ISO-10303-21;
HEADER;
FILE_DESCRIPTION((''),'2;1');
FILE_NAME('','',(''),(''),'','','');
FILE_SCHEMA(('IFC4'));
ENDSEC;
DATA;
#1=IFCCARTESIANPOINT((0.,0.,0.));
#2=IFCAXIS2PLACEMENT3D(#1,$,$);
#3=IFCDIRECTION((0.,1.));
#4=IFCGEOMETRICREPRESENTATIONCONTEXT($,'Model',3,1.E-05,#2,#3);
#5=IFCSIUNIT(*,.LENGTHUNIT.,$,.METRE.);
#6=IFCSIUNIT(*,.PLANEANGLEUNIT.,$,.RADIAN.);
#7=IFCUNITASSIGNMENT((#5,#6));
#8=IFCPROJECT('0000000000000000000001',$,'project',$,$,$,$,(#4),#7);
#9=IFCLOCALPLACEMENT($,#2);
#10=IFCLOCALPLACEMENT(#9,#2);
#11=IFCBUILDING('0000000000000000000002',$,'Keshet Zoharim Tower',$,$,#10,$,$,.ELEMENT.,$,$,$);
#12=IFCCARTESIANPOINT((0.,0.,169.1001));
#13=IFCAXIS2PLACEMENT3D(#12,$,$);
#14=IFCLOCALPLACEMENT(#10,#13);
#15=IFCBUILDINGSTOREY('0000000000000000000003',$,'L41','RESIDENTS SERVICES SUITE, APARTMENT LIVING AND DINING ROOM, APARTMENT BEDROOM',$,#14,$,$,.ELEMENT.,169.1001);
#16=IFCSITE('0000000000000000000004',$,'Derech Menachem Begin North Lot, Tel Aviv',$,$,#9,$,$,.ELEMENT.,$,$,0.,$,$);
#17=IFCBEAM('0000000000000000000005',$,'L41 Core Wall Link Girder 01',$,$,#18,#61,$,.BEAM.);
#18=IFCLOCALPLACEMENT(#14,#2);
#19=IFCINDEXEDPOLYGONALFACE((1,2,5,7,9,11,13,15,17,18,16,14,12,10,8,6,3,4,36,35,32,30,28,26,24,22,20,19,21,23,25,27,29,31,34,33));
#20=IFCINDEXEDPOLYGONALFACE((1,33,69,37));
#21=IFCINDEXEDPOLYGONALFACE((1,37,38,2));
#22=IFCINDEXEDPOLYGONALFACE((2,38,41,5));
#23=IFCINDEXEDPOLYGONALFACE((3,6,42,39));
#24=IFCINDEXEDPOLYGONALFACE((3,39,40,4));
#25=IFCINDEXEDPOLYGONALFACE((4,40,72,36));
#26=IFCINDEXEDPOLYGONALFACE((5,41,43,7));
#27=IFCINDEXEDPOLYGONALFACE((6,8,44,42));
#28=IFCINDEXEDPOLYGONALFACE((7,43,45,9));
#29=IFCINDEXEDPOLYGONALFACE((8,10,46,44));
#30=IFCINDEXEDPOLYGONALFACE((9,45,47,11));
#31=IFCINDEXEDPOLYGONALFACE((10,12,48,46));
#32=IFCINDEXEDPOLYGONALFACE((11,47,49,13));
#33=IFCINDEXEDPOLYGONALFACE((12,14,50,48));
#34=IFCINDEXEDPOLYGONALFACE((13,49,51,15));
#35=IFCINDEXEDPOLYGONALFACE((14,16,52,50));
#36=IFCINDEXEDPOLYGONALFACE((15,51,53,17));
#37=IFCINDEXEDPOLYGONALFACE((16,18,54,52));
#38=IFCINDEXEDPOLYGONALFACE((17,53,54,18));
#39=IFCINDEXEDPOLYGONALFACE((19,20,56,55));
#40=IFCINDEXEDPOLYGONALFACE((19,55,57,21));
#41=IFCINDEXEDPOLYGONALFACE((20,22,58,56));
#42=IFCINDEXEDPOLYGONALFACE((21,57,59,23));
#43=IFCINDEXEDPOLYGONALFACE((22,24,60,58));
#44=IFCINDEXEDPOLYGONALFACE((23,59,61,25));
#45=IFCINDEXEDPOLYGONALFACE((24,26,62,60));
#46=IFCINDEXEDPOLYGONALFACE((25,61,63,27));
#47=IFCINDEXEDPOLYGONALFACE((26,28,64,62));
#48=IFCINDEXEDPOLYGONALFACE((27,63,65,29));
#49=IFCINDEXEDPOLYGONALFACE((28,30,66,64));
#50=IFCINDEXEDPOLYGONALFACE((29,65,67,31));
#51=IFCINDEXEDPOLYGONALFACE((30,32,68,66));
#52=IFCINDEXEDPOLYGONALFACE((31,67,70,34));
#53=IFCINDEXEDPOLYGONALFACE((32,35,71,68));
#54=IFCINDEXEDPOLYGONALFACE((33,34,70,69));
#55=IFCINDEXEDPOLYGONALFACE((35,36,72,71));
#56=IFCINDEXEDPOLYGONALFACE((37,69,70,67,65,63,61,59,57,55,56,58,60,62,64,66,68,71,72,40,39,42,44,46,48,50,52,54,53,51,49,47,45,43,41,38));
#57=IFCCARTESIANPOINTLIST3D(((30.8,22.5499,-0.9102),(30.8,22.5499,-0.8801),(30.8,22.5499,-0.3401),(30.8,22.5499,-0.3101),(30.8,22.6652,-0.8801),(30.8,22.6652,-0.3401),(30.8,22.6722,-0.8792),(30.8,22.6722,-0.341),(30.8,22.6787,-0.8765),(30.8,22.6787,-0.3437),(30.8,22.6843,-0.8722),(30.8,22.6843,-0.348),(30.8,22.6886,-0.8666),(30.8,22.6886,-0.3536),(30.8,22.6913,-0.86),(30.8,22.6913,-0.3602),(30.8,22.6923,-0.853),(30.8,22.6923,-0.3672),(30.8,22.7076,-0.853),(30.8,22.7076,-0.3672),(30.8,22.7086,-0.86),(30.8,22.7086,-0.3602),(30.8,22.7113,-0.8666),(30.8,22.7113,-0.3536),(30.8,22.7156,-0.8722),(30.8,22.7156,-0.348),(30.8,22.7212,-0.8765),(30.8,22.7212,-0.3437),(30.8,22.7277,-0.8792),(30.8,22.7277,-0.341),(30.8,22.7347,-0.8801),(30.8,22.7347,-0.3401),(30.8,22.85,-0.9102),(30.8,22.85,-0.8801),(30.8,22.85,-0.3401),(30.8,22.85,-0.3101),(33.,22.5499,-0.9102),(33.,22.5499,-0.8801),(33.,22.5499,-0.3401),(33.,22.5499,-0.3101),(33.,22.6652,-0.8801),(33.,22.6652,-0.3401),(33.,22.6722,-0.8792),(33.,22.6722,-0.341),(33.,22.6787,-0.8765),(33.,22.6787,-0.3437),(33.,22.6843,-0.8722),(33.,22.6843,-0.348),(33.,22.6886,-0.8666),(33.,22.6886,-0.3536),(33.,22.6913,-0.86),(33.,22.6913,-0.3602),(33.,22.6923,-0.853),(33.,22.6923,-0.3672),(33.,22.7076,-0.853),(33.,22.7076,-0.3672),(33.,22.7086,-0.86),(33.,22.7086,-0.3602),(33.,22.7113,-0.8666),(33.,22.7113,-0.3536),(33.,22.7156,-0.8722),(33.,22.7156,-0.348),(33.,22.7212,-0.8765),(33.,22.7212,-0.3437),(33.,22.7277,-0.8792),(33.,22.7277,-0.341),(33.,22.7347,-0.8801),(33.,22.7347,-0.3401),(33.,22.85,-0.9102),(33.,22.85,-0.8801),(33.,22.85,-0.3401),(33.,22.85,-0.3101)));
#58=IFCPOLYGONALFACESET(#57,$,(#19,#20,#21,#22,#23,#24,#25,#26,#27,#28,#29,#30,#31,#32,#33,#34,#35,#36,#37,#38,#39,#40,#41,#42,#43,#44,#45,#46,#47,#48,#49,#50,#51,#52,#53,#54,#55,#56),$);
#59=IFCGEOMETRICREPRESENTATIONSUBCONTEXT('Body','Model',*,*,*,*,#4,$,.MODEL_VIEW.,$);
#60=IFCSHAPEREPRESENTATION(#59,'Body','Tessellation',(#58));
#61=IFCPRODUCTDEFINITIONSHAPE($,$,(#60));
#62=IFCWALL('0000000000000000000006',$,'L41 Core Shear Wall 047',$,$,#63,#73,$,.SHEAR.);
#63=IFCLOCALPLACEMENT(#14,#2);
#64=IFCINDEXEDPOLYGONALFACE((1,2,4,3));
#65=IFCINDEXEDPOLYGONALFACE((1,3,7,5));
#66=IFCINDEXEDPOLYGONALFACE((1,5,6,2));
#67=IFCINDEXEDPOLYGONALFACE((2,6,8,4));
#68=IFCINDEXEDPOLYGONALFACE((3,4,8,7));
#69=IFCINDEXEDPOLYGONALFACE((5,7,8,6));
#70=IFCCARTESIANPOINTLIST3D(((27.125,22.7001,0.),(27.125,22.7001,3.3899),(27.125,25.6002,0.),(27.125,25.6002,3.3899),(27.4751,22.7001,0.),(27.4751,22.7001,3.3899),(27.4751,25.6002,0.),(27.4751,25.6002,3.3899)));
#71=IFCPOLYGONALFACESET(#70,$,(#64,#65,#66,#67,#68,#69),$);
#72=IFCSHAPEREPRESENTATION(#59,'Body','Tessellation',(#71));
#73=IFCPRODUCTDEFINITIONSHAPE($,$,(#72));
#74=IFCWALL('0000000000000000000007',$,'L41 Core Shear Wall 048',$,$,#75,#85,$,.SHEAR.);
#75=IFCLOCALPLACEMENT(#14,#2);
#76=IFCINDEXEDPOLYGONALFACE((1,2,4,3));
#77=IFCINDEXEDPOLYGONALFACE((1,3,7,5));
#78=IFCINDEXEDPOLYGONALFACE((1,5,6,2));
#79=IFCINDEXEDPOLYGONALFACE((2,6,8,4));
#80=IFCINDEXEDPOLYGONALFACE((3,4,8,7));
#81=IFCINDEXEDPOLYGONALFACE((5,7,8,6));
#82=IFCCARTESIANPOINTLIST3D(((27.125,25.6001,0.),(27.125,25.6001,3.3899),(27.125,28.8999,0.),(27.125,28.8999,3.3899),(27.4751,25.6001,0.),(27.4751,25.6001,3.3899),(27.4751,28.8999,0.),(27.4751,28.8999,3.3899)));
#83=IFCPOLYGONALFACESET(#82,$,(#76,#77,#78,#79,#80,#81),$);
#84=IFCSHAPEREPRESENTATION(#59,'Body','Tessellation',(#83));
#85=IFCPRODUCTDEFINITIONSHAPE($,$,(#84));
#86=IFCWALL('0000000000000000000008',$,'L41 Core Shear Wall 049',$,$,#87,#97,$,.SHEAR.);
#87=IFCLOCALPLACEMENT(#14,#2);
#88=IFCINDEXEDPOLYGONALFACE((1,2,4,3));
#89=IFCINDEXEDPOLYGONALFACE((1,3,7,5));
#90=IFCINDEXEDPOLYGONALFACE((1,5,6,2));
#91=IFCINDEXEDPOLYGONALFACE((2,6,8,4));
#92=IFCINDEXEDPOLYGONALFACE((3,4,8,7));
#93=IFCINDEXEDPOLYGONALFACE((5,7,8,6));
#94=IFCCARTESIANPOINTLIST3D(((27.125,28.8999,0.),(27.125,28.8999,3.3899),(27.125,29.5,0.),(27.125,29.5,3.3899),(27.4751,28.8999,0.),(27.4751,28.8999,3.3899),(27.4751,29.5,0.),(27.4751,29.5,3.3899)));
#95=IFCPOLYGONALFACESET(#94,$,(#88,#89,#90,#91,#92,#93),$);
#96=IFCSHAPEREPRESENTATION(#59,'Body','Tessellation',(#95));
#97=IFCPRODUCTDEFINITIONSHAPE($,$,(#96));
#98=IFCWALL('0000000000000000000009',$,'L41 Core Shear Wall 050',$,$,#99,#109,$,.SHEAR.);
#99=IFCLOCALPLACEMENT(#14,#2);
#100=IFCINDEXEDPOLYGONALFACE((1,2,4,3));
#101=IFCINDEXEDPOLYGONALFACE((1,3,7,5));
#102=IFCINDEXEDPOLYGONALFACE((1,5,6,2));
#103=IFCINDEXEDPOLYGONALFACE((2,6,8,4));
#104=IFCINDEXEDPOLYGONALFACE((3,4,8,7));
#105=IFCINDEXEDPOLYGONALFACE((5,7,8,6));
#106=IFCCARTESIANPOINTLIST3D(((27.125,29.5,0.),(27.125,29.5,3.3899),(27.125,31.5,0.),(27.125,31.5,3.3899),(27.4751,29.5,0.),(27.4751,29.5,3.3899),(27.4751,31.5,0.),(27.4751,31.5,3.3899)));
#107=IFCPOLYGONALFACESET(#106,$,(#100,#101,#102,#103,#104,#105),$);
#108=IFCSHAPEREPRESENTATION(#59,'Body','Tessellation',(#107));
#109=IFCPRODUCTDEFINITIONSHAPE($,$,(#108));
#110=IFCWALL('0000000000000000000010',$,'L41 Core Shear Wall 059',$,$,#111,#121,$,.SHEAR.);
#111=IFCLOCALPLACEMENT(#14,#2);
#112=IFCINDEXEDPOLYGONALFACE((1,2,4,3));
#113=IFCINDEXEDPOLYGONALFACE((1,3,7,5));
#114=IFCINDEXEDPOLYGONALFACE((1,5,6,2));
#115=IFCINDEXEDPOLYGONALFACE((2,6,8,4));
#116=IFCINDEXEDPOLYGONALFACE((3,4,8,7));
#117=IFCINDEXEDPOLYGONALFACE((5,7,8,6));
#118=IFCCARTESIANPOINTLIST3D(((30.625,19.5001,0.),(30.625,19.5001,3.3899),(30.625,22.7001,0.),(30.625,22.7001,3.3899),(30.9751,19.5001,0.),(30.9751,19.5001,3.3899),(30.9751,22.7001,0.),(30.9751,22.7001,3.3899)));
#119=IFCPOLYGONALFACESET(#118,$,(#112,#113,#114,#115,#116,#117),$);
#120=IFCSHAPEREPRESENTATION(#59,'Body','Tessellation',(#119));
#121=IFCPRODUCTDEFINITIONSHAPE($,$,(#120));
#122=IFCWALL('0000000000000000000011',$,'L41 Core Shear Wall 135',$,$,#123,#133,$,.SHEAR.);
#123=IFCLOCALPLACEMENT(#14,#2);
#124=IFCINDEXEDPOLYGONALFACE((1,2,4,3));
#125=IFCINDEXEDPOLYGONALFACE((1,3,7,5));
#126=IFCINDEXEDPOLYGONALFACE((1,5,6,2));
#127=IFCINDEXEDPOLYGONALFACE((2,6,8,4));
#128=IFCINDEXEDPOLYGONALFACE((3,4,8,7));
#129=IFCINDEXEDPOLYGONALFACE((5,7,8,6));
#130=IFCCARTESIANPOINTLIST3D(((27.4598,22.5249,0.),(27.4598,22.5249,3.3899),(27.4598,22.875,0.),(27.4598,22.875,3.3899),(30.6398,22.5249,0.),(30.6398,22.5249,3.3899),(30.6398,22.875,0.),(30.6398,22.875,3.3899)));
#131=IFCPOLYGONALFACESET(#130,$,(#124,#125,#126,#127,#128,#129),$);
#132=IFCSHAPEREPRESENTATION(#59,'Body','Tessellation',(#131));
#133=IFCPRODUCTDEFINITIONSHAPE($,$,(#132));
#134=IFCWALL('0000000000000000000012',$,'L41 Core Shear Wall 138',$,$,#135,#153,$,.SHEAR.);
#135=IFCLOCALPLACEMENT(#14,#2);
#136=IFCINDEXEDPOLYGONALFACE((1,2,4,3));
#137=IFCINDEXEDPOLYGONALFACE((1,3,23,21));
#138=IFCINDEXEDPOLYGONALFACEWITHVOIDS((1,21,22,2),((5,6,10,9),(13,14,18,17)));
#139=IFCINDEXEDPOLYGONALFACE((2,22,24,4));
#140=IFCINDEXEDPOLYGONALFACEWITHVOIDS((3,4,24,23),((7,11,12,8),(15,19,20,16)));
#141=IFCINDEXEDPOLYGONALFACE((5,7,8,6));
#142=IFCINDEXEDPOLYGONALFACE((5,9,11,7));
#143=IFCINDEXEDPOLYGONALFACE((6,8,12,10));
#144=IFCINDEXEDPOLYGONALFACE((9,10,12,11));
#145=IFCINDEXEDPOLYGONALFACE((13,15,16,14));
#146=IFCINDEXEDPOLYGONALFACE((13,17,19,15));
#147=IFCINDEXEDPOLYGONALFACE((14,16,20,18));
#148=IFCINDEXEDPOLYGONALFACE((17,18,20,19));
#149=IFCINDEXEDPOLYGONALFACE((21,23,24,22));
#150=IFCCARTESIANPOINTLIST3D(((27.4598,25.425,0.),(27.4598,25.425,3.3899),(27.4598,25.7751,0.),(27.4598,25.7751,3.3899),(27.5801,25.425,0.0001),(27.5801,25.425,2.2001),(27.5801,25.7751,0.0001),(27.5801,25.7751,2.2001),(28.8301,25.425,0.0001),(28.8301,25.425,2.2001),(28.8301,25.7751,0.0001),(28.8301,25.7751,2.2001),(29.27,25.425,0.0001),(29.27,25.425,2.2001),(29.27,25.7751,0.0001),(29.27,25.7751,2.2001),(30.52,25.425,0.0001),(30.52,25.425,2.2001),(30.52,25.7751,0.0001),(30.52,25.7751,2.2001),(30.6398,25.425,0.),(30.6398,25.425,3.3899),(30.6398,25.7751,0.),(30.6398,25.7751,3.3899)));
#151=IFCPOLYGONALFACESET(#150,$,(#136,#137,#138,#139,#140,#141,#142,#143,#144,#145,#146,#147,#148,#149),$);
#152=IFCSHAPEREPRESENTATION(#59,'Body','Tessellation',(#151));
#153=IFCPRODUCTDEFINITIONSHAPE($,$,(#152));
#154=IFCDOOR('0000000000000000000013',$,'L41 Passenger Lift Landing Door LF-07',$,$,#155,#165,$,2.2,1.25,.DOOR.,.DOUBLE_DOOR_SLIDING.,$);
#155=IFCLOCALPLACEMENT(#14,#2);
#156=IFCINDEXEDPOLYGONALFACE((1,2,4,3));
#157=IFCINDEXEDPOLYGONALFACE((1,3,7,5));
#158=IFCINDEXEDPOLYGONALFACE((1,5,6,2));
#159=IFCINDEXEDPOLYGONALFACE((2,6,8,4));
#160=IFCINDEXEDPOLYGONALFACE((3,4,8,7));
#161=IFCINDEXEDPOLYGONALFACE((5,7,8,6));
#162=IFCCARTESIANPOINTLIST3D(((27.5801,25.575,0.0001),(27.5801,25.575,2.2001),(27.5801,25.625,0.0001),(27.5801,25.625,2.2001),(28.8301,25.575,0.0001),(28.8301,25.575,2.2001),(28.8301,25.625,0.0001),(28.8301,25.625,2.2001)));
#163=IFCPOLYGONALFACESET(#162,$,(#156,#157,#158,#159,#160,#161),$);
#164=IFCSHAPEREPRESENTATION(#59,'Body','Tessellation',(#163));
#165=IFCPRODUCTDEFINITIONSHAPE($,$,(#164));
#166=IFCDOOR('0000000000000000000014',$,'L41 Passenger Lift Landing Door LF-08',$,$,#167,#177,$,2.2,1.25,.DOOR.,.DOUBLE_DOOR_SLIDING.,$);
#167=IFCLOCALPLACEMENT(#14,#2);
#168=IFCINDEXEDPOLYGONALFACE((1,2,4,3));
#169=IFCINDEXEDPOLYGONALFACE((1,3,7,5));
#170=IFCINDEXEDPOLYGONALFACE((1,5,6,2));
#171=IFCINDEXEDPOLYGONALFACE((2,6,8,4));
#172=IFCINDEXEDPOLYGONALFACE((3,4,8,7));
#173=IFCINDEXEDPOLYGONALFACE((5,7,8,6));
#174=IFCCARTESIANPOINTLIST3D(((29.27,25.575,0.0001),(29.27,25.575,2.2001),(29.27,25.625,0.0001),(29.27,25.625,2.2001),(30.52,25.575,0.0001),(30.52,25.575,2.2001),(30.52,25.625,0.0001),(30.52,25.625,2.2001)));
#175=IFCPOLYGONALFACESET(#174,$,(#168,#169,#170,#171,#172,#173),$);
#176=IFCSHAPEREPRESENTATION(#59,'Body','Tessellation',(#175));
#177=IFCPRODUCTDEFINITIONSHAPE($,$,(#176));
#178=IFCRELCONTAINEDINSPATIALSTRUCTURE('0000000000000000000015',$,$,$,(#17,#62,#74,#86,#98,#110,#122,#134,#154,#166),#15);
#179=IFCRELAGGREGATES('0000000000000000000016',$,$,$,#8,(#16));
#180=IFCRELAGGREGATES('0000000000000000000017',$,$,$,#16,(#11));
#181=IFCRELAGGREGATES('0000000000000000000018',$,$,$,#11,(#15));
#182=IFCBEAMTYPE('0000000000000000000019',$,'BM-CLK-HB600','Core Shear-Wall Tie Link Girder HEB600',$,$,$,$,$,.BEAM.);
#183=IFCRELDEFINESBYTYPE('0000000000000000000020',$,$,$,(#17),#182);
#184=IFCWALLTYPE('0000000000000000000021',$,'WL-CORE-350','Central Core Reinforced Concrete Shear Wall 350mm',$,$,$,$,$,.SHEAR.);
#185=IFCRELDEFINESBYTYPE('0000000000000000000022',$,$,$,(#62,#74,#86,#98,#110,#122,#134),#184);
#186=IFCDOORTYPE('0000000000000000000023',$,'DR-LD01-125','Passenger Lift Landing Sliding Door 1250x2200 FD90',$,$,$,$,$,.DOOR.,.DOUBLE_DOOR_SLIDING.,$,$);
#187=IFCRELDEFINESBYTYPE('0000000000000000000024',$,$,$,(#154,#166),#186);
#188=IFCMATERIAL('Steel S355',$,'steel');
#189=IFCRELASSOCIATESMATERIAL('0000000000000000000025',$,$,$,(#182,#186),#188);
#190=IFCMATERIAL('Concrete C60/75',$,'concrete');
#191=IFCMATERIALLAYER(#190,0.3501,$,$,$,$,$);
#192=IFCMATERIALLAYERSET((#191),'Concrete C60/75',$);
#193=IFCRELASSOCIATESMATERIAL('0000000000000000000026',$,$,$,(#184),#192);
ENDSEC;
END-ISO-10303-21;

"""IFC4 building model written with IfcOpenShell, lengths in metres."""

from ifc_helpers import new_model, si_unit, direction, frame, frame_2d, origin, origin_2d, place, context, subcontext, project, spatial, rectangle, i_section, extrude, material, layer, layer_set, material_profile, profile_set, type_object, element, fill, save


model = new_model("IFC4")

# Units and contexts
model_context = context("Model", 3, precision=1e-05, world=origin(), true_north=direction((0.0, 1.0)))
body_context = subcontext(model_context, "Body", "Model", "MODEL_VIEW")
ifc_project = project(units=[si_unit("LENGTHUNIT", "METRE"), si_unit("PLANEANGLEUNIT", "RADIAN")], contexts=[model_context])

# Site, building, storey
site_placement = place(None, origin())
site = spatial("IfcSite", under=ifc_project, at=site_placement, Name="Derech Menachem Begin North Lot, Tel Aviv", CompositionType="ELEMENT", RefElevation=0.0)
building_placement = place(site_placement, origin())
building = spatial("IfcBuilding", under=site, at=building_placement, Name="Keshet Zoharim Tower", CompositionType="ELEMENT")
storey_placement = place(building_placement, frame((0.0, 0.0, 169.1001)))
storey = spatial("IfcBuildingStorey", under=building, at=storey_placement, Name="L41", Description="RESIDENTS SERVICES SUITE, APARTMENT LIVING AND DINING ROOM, APARTMENT BEDROOM", CompositionType="ELEMENT", Elevation=169.1001)

# Beam
ifc_material_1 = material(Name="Steel S355", Category="steel")
ifc_material_profile = material_profile(ifc_material_1, i_section(OverallWidth=0.3, OverallDepth=0.6001, WebThickness=0.0154, FlangeThickness=0.03, FilletRadius=0.0271, at=origin_2d()), Name="HEB600")
ifc_profile_set = profile_set([ifc_material_profile], Name="Steel S355")
beam_type = type_object("IfcBeamType", Name="BM-CLK-HB600", Description="Core Shear-Wall Tie Link Girder HEB600", PredefinedType="BEAM", material=ifc_profile_set)
beam_placement = place(storey_placement, frame((30.8, 22.7, -0.6101), z_axis=(1.0, 0.0, 0.0), x_axis=(0.0, 1.0, 0.0)))
element("IfcBeam", 1, at=beam_placement, inside=storey, type_object=beam_type, Name="L41 Core Wall Link Girder 01", PredefinedType="BEAM", context=body_context, shape_type="SweptSolid", body=[
    extrude(i_section(OverallWidth=0.3, OverallDepth=0.6001, WebThickness=0.0154, FlangeThickness=0.03, FilletRadius=0.0271, at=origin_2d()), origin(), (0.0, 0.0, 1.0), 2.2),
])

# Walls
ifc_material_2 = material(Name="Concrete C60/75", Category="concrete")
ifc_layer_1 = layer(ifc_material_2, 0.3501)
ifc_layer_set_1 = layer_set([ifc_layer_1], Name="Concrete C60/75")
wall_type_1 = type_object("IfcWallType", Name="WL-CORE-350", Description="Central Core Reinforced Concrete Shear Wall 350mm", PredefinedType="SHEAR", material=ifc_layer_set_1)
wall_1_placement = place(storey_placement, frame((27.3, 22.7, 0.0), z_axis=(0.0, 0.0, 1.0), x_axis=(0.0, 1.0, 0.0)))
element("IfcWall", 2, at=wall_1_placement, inside=storey, type_object=wall_type_1, Name="L41 Core Shear Wall 047", PredefinedType="SHEAR", context=body_context, shape_type="SweptSolid", body=[
    extrude(rectangle(XDim=2.9001, YDim=0.3501, at=frame_2d((1.4502, 0.0))), origin(), (0.0, 0.0, 1.0), 3.3899),
])
wall_2_placement = place(storey_placement, frame((27.3, 25.6001, 0.0), z_axis=(0.0, 0.0, 1.0), x_axis=(0.0, 1.0, 0.0)))
element("IfcWall", 3, at=wall_2_placement, inside=storey, type_object=wall_type_1, Name="L41 Core Shear Wall 048", PredefinedType="SHEAR", context=body_context, shape_type="SweptSolid", body=[
    extrude(rectangle(XDim=3.2998, YDim=0.3501, at=frame_2d((1.6499, 0.0))), origin(), (0.0, 0.0, 1.0), 3.3899),
])
wall_3_placement = place(storey_placement, frame((27.3, 28.8999, 0.0), z_axis=(0.0, 0.0, 1.0), x_axis=(0.0, 1.0, 0.0)))
element("IfcWall", 4, at=wall_3_placement, inside=storey, type_object=wall_type_1, Name="L41 Core Shear Wall 049", PredefinedType="SHEAR", context=body_context, shape_type="SweptSolid", body=[
    extrude(rectangle(XDim=0.6001, YDim=0.3501, at=frame_2d((0.3, 0.0))), origin(), (0.0, 0.0, 1.0), 3.3899),
])
wall_4_placement = place(storey_placement, frame((27.3, 29.5, 0.0), z_axis=(0.0, 0.0, 1.0), x_axis=(0.0, 1.0, 0.0)))
element("IfcWall", 5, at=wall_4_placement, inside=storey, type_object=wall_type_1, Name="L41 Core Shear Wall 050", PredefinedType="SHEAR", context=body_context, shape_type="SweptSolid", body=[
    extrude(rectangle(XDim=2.0, YDim=0.3501, at=frame_2d((1.0, 0.0))), origin(), (0.0, 0.0, 1.0), 3.3899),
])
wall_5_placement = place(storey_placement, frame((30.8, 19.5, 0.0), z_axis=(0.0, 0.0, 1.0), x_axis=(0.0, 1.0, 0.0)))
element("IfcWall", 6, at=wall_5_placement, inside=storey, type_object=wall_type_1, Name="L41 Core Shear Wall 059", PredefinedType="SHEAR", context=body_context, shape_type="SweptSolid", body=[
    extrude(rectangle(XDim=3.2, YDim=0.3501, at=frame_2d((1.6001, 0.0))), origin(), (0.0, 0.0, 1.0), 3.3899),
])
wall_6_placement = place(storey_placement, frame((27.46, 22.7, 0.0), z_axis=(0.0, 0.0, 1.0), x_axis=(1.0, 0.0, 0.0)))
element("IfcWall", 7, at=wall_6_placement, inside=storey, type_object=wall_type_1, Name="L41 Core Shear Wall 135", PredefinedType="SHEAR", context=body_context, shape_type="SweptSolid", body=[
    extrude(rectangle(XDim=3.1799, YDim=0.3501, at=frame_2d((1.5898, 0.0))), origin(), (0.0, 0.0, 1.0), 3.3899),
])

# Wall, openings, doors
wall_7_placement = place(storey_placement, frame((27.46, 25.6001, 0.0), z_axis=(0.0, 0.0, 1.0), x_axis=(1.0, 0.0, 0.0)))
wall_7 = element("IfcWall", 8, at=wall_7_placement, inside=storey, type_object=wall_type_1, Name="L41 Core Shear Wall 138", PredefinedType="SHEAR", context=body_context, shape_type="SweptSolid", body=[
    extrude(rectangle(XDim=3.1799, YDim=0.3501, at=frame_2d((1.5898, 0.0))), origin(), (0.0, 0.0, 1.0), 3.3899),
])
opening_1_placement = place(wall_7_placement, frame((0.1201, 0.0, 0.0)))
opening_1 = element("IfcOpeningElement", 9, at=opening_1_placement, cuts=wall_7, PredefinedType="OPENING", context=body_context, shape_type="SweptSolid", body=[
    extrude(rectangle(XDim=1.25, YDim=2.2, at=frame_2d((0.625, 1.1001))), frame((0.0, 0.1851, 0.0), z_axis=(0.0, -1.0, 0.0), x_axis=(1.0, 0.0, 0.0)), (0.0, 0.0, 1.0), 0.3701),
])
opening_2_placement = place(wall_7_placement, frame((1.8101, 0.0, 0.0)))
opening_2 = element("IfcOpeningElement", 10, at=opening_2_placement, cuts=wall_7, PredefinedType="OPENING", context=body_context, shape_type="SweptSolid", body=[
    extrude(rectangle(XDim=1.25, YDim=2.2, at=frame_2d((0.625, 1.1001))), frame((0.0, 0.1851, 0.0), z_axis=(0.0, -1.0, 0.0), x_axis=(1.0, 0.0, 0.0)), (0.0, 0.0, 1.0), 0.3701),
])
door_type = type_object("IfcDoorType", Name="DR-LD01-125", Description="Passenger Lift Landing Sliding Door 1250x2200 FD90", OperationType="DOUBLE_DOOR_SLIDING", PredefinedType="DOOR", material=ifc_material_1)
door_1_placement = place(opening_1_placement, origin())
door_1 = element("IfcDoor", 11, at=door_1_placement, inside=storey, type_object=door_type, Name="L41 Passenger Lift Landing Door LF-07", OperationType="DOUBLE_DOOR_SLIDING", OverallHeight=2.2, OverallWidth=1.25, PredefinedType="DOOR", context=body_context, shape_type="SweptSolid", body=[
    extrude(rectangle(XDim=1.25, YDim=2.2, at=frame_2d((0.625, 1.1001))), frame((0.0, 0.0249, 0.0), z_axis=(0.0, -1.0, 0.0), x_axis=(1.0, 0.0, 0.0)), (0.0, 0.0, 1.0), 0.05),
])
fill(opening_1, door_1)
door_2_placement = place(opening_2_placement, origin())
door_2 = element("IfcDoor", 12, at=door_2_placement, inside=storey, type_object=door_type, Name="L41 Passenger Lift Landing Door LF-08", OperationType="DOUBLE_DOOR_SLIDING", OverallHeight=2.2, OverallWidth=1.25, PredefinedType="DOOR", context=body_context, shape_type="SweptSolid", body=[
    extrude(rectangle(XDim=1.25, YDim=2.2, at=frame_2d((0.625, 1.1001))), frame((0.0, 0.0249, 0.0), z_axis=(0.0, -1.0, 0.0), x_axis=(1.0, 0.0, 0.0)), (0.0, 0.0, 1.0), 0.05),
])
fill(opening_2, door_2)

save(model, "model.ifc")
